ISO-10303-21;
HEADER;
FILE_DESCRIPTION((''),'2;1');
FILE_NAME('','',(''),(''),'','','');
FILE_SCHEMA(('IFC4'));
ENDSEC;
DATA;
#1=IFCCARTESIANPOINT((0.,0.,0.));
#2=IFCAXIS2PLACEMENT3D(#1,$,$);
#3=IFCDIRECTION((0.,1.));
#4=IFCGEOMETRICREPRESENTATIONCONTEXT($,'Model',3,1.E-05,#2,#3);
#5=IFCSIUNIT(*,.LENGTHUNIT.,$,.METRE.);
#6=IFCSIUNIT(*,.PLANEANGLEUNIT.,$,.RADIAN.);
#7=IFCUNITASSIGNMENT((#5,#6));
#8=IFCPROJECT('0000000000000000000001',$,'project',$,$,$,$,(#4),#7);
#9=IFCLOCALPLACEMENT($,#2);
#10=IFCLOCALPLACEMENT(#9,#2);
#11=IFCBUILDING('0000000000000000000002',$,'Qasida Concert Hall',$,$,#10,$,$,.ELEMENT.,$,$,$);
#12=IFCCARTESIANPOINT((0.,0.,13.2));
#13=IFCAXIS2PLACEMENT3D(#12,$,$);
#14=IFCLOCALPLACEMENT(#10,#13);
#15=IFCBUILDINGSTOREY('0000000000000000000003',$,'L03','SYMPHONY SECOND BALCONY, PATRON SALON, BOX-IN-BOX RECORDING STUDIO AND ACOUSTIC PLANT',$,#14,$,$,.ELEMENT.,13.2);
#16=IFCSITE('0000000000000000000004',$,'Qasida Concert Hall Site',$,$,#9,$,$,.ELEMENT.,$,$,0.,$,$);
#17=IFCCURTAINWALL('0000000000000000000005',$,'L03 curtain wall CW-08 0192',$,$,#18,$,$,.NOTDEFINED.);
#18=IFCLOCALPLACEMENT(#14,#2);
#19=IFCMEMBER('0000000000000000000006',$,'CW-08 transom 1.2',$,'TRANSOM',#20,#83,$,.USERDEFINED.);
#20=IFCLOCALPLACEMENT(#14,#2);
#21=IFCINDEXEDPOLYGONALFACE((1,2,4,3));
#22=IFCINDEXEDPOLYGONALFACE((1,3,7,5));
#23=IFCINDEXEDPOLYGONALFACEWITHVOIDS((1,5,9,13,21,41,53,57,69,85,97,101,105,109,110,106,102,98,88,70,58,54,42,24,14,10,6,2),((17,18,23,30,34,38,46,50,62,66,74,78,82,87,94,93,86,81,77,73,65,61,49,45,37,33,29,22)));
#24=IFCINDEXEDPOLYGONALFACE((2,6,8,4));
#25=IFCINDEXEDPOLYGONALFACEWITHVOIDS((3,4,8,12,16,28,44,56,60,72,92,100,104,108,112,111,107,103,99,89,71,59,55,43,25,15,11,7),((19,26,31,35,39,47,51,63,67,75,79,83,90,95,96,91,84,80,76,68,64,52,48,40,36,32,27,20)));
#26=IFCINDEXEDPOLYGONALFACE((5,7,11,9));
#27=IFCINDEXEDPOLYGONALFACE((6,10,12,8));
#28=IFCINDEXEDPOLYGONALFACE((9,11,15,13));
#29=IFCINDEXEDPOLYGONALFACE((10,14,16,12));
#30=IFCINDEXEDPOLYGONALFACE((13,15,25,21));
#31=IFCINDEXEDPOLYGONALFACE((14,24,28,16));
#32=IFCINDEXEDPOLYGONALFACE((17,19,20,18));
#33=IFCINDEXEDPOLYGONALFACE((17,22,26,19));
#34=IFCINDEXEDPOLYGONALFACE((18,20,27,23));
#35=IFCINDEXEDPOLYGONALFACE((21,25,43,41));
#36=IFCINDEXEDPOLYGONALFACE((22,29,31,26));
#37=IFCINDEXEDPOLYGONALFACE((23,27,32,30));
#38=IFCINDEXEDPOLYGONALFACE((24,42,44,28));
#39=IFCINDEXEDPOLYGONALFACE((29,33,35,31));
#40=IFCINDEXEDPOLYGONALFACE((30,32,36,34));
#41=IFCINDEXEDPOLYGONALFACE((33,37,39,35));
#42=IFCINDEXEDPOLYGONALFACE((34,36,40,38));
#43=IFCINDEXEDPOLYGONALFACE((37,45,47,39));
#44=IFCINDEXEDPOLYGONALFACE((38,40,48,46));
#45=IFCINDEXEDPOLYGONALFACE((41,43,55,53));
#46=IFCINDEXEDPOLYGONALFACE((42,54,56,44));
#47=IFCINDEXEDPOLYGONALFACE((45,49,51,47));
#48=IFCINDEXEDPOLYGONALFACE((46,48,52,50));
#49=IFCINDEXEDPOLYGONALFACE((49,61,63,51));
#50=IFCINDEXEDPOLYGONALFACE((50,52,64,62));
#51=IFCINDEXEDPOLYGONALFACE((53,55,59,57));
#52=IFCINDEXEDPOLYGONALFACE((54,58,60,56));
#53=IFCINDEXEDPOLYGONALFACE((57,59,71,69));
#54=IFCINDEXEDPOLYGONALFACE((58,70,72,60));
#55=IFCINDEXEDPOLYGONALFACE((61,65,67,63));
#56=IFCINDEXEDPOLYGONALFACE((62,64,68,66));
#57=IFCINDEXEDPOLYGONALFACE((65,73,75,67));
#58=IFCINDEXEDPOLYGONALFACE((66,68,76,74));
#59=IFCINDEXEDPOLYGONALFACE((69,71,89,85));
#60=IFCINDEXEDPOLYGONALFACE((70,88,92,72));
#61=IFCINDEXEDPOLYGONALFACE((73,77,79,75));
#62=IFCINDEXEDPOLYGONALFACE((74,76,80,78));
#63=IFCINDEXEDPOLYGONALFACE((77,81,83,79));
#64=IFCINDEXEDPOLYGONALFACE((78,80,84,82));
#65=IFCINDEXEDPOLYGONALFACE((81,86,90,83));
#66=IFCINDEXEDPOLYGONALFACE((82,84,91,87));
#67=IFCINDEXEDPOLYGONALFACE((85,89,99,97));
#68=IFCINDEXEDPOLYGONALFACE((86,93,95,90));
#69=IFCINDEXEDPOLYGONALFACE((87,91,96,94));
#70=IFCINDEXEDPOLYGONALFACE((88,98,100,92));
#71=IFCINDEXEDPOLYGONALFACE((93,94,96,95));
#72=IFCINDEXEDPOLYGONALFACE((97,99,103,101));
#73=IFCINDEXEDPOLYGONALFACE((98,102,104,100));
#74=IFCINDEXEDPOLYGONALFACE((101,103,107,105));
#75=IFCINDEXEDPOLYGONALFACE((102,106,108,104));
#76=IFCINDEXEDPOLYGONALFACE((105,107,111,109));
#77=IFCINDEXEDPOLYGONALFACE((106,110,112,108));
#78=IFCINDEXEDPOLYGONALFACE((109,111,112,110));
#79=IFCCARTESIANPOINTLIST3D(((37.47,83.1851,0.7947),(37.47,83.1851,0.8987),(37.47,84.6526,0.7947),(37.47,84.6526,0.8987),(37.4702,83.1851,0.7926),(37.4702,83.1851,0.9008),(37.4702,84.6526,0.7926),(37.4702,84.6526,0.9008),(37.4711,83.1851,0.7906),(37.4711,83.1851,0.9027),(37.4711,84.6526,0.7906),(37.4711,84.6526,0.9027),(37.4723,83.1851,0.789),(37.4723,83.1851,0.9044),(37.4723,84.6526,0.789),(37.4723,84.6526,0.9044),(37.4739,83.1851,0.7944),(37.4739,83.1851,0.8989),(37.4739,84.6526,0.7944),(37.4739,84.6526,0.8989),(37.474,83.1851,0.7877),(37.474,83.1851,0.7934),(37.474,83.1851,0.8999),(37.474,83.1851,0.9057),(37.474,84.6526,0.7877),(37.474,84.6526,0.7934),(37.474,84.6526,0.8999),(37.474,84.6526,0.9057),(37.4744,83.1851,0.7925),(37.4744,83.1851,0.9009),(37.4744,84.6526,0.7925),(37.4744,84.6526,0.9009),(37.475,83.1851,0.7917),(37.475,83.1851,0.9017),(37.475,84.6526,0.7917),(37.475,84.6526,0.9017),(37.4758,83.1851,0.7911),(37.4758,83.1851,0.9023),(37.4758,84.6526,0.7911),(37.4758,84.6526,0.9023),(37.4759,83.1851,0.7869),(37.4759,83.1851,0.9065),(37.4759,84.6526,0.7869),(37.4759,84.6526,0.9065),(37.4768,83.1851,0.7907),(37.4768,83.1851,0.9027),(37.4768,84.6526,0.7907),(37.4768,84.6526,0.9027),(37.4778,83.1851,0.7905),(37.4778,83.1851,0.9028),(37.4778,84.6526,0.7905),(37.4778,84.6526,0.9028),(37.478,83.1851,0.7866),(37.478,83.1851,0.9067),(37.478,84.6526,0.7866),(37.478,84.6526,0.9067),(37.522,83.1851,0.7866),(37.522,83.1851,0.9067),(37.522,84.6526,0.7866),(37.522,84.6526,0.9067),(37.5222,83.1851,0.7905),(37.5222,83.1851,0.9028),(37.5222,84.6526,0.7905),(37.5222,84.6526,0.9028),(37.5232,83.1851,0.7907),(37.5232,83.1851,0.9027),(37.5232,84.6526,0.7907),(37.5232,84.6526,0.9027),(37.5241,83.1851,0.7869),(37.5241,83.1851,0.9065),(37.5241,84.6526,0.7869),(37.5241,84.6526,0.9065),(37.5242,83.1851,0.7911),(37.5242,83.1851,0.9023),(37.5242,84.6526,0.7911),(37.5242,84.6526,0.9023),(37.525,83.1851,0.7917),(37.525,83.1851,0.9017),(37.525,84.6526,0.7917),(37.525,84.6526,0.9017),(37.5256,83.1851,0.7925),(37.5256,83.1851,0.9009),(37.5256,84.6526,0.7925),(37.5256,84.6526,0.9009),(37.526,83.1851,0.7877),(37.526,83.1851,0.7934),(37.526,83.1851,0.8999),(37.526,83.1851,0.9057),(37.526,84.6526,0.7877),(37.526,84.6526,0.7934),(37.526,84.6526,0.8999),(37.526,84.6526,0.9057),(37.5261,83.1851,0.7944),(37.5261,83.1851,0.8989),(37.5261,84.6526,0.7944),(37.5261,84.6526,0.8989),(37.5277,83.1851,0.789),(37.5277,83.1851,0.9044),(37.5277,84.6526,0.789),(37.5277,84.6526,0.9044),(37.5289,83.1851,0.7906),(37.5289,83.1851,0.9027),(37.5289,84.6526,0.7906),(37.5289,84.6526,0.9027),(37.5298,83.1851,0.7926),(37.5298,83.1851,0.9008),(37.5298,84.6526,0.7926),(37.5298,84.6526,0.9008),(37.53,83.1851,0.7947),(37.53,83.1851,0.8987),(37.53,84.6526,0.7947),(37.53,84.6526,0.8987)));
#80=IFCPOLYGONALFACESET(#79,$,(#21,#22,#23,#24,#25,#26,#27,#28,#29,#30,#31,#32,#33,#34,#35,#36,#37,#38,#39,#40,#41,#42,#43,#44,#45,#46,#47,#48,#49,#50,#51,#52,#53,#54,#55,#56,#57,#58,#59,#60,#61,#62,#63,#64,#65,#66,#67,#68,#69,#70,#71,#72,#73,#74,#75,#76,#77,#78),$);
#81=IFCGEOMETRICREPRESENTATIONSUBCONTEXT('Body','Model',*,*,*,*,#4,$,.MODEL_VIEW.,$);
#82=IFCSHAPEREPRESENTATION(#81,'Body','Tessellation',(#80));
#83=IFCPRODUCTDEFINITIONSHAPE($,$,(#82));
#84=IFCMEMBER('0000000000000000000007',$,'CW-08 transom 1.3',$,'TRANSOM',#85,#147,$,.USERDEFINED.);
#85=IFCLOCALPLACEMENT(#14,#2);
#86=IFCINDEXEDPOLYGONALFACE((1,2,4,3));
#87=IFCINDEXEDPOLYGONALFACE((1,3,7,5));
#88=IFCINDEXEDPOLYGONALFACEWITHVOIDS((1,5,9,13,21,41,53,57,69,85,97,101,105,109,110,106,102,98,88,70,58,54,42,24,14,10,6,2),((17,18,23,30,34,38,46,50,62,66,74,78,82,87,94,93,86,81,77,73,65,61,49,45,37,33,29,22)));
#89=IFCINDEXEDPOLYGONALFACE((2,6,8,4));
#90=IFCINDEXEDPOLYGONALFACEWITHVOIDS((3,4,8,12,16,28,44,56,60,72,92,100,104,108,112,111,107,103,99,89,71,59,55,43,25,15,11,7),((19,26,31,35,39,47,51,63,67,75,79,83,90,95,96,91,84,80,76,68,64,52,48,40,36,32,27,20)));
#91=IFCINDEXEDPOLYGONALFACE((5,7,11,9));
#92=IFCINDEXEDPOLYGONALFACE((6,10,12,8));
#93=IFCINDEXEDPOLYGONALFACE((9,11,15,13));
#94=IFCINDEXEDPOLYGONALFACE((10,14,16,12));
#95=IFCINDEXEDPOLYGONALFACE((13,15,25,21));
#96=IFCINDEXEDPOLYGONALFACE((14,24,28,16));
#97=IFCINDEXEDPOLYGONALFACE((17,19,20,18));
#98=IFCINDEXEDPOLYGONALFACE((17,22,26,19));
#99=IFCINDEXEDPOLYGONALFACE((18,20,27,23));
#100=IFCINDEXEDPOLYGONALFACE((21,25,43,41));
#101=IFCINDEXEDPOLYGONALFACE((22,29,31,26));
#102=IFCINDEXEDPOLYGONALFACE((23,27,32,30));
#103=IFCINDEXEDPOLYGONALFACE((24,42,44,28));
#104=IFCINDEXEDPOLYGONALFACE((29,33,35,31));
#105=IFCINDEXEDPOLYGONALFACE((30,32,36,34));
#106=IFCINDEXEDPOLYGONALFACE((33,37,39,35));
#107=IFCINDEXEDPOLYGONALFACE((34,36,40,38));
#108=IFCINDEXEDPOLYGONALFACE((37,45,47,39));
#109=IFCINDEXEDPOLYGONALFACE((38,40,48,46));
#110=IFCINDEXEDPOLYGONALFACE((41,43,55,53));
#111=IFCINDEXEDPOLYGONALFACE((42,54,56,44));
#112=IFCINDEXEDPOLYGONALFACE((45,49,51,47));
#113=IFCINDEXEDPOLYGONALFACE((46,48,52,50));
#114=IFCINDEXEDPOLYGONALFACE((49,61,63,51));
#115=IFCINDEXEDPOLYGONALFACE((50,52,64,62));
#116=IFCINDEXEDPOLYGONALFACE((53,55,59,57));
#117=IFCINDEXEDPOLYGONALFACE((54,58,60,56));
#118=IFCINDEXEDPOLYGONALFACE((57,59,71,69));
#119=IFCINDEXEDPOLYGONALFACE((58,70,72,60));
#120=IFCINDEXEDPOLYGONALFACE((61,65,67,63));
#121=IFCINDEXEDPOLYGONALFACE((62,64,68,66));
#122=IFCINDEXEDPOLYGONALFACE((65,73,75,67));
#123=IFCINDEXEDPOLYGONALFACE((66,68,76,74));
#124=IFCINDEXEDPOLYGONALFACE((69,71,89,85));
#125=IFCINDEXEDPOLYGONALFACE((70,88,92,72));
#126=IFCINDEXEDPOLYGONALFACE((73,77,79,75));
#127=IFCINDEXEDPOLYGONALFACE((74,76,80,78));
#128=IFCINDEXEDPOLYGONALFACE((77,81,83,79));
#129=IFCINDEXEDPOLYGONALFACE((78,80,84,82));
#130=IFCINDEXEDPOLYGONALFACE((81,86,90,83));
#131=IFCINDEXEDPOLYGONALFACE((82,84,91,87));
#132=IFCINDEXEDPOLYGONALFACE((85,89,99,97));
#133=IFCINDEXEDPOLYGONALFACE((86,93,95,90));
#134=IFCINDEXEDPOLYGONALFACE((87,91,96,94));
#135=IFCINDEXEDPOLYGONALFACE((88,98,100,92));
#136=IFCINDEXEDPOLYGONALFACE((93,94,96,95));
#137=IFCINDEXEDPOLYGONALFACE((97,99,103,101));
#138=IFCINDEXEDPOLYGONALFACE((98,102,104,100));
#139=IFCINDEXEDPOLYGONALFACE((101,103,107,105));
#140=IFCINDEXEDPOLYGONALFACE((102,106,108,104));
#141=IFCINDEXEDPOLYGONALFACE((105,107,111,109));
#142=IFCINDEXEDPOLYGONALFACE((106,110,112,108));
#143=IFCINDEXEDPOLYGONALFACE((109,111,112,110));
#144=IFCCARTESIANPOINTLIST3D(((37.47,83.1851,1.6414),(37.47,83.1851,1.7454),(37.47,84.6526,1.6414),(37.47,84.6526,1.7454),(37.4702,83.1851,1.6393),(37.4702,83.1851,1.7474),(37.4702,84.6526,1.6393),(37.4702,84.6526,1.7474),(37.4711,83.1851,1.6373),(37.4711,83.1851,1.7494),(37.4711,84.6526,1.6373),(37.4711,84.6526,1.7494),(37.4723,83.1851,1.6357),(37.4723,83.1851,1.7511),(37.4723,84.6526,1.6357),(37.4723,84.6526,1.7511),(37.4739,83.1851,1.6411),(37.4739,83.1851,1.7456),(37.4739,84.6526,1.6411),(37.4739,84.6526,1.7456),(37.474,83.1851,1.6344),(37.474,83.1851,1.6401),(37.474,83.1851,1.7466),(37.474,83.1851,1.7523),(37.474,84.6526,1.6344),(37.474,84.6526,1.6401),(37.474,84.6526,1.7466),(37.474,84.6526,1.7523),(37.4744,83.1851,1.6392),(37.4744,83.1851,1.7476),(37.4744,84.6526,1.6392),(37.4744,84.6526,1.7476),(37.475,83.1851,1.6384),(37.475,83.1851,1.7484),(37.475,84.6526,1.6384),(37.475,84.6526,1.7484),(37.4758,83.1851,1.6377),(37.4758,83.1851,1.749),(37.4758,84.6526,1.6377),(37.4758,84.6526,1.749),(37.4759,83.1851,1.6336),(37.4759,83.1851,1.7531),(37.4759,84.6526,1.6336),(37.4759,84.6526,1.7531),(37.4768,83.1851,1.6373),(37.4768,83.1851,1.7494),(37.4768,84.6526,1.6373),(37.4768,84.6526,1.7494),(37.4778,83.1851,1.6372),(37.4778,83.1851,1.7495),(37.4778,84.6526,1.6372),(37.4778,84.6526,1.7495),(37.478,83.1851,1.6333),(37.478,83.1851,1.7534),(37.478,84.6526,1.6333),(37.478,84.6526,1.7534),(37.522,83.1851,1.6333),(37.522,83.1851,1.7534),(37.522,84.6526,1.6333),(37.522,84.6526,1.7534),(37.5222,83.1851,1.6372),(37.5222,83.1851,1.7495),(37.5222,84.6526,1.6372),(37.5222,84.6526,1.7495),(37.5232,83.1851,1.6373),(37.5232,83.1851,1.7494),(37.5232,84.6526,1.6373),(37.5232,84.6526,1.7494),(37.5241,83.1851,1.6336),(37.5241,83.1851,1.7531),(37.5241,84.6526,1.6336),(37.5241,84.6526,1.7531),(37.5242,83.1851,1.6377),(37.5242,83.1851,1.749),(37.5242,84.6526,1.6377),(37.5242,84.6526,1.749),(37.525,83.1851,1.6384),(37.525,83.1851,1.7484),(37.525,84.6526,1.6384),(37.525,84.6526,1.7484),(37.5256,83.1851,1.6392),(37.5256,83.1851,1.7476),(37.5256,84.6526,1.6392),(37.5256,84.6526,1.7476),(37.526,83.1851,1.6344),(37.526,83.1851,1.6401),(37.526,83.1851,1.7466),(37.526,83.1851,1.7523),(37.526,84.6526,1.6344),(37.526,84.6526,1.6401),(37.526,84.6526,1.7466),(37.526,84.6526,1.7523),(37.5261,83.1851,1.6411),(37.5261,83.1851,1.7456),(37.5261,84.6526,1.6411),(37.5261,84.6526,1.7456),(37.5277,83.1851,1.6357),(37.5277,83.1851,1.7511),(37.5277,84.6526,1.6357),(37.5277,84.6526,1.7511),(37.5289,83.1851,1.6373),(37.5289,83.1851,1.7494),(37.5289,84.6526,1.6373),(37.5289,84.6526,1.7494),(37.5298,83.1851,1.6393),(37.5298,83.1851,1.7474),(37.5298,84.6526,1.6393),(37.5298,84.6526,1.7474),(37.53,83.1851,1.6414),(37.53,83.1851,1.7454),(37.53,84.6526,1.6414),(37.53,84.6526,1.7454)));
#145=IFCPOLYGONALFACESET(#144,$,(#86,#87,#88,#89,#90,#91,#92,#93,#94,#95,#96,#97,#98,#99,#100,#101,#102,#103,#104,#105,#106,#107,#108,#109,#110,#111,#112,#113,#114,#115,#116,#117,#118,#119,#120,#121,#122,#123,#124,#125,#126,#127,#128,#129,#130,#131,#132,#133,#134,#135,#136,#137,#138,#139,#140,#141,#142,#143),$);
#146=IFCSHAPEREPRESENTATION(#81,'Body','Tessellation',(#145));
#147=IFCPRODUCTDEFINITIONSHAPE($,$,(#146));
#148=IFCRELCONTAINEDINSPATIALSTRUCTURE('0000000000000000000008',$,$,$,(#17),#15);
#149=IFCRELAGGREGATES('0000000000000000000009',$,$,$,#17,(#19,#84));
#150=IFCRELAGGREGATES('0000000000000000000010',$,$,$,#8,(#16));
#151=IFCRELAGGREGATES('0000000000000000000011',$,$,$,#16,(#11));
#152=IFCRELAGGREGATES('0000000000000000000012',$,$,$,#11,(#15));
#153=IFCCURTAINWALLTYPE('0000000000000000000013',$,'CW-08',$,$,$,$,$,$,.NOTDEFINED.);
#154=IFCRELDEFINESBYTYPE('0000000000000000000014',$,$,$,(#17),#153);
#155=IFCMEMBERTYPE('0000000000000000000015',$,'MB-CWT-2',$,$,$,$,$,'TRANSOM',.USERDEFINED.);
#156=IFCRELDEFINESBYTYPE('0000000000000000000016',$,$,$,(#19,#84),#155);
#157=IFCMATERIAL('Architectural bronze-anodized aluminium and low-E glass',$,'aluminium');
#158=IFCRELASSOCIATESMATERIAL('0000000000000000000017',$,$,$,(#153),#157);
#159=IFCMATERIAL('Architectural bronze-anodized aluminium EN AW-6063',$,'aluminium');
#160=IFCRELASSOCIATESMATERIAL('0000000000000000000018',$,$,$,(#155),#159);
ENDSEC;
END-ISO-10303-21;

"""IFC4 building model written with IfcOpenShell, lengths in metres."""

from ifc_helpers import new_model, si_unit, direction, frame, origin, origin_2d, place, context, subcontext, project, spatial, hollow_rectangle, extrude, material, material_profile, profile_set, type_object, element, aggregate, save


model = new_model("IFC4")

# Units and contexts
model_context = context("Model", 3, precision=1e-05, world=origin(), true_north=direction((0.0, 1.0)))
body_context = subcontext(model_context, "Body", "Model", "MODEL_VIEW")
ifc_project = project(units=[si_unit("LENGTHUNIT", "METRE"), si_unit("PLANEANGLEUNIT", "RADIAN")], contexts=[model_context])

# Site, building, storey
site_placement = place(None, origin())
site = spatial("IfcSite", under=ifc_project, at=site_placement, Name="Qasida Concert Hall Site", CompositionType="ELEMENT", RefElevation=0.0)
building_placement = place(site_placement, origin())
building = spatial("IfcBuilding", under=site, at=building_placement, Name="Qasida Concert Hall", CompositionType="ELEMENT")
storey_placement = place(building_placement, frame((0.0, 0.0, 13.2)))
storey = spatial("IfcBuildingStorey", under=building, at=storey_placement, Name="L03", Description="SYMPHONY SECOND BALCONY, PATRON SALON, BOX-IN-BOX RECORDING STUDIO AND ACOUSTIC PLANT", CompositionType="ELEMENT", Elevation=13.2)

# Curtain wall, members
ifc_material_1 = material(Name="Architectural bronze-anodized aluminium and low-E glass", Category="aluminium")
curtain_wall_type = type_object("IfcCurtainWallType", Name="CW-08", PredefinedType="NOTDEFINED", material=ifc_material_1)
curtain_wall_placement = place(storey_placement, origin())
curtain_wall = element("IfcCurtainWall", 1, at=curtain_wall_placement, inside=storey, type_object=curtain_wall_type, Name="L03 curtain wall CW-08 0192", PredefinedType="NOTDEFINED")
ifc_material_2 = material(Name="Architectural bronze-anodized aluminium EN AW-6063", Category="aluminium")
ifc_material_profile_1 = material_profile(ifc_material_2, hollow_rectangle(XDim=0.0601, YDim=0.1201, WallThickness=0.0039, InnerFilletRadius=0.0039, OuterFilletRadius=0.0081, at=origin_2d()), Name="CWT 120x60x4")
ifc_profile_set_1 = profile_set([ifc_material_profile_1], Name="Architectural bronze-anodized aluminium EN AW-6063")
member_type_1 = type_object("IfcMemberType", Name="MB-CWT-2", ElementType="TRANSOM", PredefinedType="USERDEFINED", material=ifc_profile_set_1)
member_1_placement = place(storey_placement, frame((37.5, 83.1851, 0.8467), z_axis=(0.0, 1.0, 0.0), x_axis=(-1.0, 0.0, 0.0)))
member_1 = element("IfcMember", 2, at=member_1_placement, type_object=member_type_1, Name="CW-08 transom 1.2", ObjectType="TRANSOM", PredefinedType="USERDEFINED", context=body_context, shape_type="SweptSolid", body=[
    extrude(hollow_rectangle(XDim=0.0601, YDim=0.1201, WallThickness=0.0039, InnerFilletRadius=0.0039, OuterFilletRadius=0.0081, at=origin_2d()), origin(), (0.0, 0.0, 1.0), 1.4675),
])
member_2_placement = place(storey_placement, frame((37.5, 83.1851, 1.6934), z_axis=(0.0, 1.0, 0.0), x_axis=(-1.0, 0.0, 0.0)))
member_2 = element("IfcMember", 3, at=member_2_placement, type_object=member_type_1, Name="CW-08 transom 1.3", ObjectType="TRANSOM", PredefinedType="USERDEFINED", context=body_context, shape_type="SweptSolid", body=[
    extrude(hollow_rectangle(XDim=0.0601, YDim=0.1201, WallThickness=0.0039, InnerFilletRadius=0.0039, OuterFilletRadius=0.0081, at=origin_2d()), origin(), (0.0, 0.0, 1.0), 1.4675),
])
aggregate(curtain_wall, [member_1, member_2])

save(model, "model.ifc")
